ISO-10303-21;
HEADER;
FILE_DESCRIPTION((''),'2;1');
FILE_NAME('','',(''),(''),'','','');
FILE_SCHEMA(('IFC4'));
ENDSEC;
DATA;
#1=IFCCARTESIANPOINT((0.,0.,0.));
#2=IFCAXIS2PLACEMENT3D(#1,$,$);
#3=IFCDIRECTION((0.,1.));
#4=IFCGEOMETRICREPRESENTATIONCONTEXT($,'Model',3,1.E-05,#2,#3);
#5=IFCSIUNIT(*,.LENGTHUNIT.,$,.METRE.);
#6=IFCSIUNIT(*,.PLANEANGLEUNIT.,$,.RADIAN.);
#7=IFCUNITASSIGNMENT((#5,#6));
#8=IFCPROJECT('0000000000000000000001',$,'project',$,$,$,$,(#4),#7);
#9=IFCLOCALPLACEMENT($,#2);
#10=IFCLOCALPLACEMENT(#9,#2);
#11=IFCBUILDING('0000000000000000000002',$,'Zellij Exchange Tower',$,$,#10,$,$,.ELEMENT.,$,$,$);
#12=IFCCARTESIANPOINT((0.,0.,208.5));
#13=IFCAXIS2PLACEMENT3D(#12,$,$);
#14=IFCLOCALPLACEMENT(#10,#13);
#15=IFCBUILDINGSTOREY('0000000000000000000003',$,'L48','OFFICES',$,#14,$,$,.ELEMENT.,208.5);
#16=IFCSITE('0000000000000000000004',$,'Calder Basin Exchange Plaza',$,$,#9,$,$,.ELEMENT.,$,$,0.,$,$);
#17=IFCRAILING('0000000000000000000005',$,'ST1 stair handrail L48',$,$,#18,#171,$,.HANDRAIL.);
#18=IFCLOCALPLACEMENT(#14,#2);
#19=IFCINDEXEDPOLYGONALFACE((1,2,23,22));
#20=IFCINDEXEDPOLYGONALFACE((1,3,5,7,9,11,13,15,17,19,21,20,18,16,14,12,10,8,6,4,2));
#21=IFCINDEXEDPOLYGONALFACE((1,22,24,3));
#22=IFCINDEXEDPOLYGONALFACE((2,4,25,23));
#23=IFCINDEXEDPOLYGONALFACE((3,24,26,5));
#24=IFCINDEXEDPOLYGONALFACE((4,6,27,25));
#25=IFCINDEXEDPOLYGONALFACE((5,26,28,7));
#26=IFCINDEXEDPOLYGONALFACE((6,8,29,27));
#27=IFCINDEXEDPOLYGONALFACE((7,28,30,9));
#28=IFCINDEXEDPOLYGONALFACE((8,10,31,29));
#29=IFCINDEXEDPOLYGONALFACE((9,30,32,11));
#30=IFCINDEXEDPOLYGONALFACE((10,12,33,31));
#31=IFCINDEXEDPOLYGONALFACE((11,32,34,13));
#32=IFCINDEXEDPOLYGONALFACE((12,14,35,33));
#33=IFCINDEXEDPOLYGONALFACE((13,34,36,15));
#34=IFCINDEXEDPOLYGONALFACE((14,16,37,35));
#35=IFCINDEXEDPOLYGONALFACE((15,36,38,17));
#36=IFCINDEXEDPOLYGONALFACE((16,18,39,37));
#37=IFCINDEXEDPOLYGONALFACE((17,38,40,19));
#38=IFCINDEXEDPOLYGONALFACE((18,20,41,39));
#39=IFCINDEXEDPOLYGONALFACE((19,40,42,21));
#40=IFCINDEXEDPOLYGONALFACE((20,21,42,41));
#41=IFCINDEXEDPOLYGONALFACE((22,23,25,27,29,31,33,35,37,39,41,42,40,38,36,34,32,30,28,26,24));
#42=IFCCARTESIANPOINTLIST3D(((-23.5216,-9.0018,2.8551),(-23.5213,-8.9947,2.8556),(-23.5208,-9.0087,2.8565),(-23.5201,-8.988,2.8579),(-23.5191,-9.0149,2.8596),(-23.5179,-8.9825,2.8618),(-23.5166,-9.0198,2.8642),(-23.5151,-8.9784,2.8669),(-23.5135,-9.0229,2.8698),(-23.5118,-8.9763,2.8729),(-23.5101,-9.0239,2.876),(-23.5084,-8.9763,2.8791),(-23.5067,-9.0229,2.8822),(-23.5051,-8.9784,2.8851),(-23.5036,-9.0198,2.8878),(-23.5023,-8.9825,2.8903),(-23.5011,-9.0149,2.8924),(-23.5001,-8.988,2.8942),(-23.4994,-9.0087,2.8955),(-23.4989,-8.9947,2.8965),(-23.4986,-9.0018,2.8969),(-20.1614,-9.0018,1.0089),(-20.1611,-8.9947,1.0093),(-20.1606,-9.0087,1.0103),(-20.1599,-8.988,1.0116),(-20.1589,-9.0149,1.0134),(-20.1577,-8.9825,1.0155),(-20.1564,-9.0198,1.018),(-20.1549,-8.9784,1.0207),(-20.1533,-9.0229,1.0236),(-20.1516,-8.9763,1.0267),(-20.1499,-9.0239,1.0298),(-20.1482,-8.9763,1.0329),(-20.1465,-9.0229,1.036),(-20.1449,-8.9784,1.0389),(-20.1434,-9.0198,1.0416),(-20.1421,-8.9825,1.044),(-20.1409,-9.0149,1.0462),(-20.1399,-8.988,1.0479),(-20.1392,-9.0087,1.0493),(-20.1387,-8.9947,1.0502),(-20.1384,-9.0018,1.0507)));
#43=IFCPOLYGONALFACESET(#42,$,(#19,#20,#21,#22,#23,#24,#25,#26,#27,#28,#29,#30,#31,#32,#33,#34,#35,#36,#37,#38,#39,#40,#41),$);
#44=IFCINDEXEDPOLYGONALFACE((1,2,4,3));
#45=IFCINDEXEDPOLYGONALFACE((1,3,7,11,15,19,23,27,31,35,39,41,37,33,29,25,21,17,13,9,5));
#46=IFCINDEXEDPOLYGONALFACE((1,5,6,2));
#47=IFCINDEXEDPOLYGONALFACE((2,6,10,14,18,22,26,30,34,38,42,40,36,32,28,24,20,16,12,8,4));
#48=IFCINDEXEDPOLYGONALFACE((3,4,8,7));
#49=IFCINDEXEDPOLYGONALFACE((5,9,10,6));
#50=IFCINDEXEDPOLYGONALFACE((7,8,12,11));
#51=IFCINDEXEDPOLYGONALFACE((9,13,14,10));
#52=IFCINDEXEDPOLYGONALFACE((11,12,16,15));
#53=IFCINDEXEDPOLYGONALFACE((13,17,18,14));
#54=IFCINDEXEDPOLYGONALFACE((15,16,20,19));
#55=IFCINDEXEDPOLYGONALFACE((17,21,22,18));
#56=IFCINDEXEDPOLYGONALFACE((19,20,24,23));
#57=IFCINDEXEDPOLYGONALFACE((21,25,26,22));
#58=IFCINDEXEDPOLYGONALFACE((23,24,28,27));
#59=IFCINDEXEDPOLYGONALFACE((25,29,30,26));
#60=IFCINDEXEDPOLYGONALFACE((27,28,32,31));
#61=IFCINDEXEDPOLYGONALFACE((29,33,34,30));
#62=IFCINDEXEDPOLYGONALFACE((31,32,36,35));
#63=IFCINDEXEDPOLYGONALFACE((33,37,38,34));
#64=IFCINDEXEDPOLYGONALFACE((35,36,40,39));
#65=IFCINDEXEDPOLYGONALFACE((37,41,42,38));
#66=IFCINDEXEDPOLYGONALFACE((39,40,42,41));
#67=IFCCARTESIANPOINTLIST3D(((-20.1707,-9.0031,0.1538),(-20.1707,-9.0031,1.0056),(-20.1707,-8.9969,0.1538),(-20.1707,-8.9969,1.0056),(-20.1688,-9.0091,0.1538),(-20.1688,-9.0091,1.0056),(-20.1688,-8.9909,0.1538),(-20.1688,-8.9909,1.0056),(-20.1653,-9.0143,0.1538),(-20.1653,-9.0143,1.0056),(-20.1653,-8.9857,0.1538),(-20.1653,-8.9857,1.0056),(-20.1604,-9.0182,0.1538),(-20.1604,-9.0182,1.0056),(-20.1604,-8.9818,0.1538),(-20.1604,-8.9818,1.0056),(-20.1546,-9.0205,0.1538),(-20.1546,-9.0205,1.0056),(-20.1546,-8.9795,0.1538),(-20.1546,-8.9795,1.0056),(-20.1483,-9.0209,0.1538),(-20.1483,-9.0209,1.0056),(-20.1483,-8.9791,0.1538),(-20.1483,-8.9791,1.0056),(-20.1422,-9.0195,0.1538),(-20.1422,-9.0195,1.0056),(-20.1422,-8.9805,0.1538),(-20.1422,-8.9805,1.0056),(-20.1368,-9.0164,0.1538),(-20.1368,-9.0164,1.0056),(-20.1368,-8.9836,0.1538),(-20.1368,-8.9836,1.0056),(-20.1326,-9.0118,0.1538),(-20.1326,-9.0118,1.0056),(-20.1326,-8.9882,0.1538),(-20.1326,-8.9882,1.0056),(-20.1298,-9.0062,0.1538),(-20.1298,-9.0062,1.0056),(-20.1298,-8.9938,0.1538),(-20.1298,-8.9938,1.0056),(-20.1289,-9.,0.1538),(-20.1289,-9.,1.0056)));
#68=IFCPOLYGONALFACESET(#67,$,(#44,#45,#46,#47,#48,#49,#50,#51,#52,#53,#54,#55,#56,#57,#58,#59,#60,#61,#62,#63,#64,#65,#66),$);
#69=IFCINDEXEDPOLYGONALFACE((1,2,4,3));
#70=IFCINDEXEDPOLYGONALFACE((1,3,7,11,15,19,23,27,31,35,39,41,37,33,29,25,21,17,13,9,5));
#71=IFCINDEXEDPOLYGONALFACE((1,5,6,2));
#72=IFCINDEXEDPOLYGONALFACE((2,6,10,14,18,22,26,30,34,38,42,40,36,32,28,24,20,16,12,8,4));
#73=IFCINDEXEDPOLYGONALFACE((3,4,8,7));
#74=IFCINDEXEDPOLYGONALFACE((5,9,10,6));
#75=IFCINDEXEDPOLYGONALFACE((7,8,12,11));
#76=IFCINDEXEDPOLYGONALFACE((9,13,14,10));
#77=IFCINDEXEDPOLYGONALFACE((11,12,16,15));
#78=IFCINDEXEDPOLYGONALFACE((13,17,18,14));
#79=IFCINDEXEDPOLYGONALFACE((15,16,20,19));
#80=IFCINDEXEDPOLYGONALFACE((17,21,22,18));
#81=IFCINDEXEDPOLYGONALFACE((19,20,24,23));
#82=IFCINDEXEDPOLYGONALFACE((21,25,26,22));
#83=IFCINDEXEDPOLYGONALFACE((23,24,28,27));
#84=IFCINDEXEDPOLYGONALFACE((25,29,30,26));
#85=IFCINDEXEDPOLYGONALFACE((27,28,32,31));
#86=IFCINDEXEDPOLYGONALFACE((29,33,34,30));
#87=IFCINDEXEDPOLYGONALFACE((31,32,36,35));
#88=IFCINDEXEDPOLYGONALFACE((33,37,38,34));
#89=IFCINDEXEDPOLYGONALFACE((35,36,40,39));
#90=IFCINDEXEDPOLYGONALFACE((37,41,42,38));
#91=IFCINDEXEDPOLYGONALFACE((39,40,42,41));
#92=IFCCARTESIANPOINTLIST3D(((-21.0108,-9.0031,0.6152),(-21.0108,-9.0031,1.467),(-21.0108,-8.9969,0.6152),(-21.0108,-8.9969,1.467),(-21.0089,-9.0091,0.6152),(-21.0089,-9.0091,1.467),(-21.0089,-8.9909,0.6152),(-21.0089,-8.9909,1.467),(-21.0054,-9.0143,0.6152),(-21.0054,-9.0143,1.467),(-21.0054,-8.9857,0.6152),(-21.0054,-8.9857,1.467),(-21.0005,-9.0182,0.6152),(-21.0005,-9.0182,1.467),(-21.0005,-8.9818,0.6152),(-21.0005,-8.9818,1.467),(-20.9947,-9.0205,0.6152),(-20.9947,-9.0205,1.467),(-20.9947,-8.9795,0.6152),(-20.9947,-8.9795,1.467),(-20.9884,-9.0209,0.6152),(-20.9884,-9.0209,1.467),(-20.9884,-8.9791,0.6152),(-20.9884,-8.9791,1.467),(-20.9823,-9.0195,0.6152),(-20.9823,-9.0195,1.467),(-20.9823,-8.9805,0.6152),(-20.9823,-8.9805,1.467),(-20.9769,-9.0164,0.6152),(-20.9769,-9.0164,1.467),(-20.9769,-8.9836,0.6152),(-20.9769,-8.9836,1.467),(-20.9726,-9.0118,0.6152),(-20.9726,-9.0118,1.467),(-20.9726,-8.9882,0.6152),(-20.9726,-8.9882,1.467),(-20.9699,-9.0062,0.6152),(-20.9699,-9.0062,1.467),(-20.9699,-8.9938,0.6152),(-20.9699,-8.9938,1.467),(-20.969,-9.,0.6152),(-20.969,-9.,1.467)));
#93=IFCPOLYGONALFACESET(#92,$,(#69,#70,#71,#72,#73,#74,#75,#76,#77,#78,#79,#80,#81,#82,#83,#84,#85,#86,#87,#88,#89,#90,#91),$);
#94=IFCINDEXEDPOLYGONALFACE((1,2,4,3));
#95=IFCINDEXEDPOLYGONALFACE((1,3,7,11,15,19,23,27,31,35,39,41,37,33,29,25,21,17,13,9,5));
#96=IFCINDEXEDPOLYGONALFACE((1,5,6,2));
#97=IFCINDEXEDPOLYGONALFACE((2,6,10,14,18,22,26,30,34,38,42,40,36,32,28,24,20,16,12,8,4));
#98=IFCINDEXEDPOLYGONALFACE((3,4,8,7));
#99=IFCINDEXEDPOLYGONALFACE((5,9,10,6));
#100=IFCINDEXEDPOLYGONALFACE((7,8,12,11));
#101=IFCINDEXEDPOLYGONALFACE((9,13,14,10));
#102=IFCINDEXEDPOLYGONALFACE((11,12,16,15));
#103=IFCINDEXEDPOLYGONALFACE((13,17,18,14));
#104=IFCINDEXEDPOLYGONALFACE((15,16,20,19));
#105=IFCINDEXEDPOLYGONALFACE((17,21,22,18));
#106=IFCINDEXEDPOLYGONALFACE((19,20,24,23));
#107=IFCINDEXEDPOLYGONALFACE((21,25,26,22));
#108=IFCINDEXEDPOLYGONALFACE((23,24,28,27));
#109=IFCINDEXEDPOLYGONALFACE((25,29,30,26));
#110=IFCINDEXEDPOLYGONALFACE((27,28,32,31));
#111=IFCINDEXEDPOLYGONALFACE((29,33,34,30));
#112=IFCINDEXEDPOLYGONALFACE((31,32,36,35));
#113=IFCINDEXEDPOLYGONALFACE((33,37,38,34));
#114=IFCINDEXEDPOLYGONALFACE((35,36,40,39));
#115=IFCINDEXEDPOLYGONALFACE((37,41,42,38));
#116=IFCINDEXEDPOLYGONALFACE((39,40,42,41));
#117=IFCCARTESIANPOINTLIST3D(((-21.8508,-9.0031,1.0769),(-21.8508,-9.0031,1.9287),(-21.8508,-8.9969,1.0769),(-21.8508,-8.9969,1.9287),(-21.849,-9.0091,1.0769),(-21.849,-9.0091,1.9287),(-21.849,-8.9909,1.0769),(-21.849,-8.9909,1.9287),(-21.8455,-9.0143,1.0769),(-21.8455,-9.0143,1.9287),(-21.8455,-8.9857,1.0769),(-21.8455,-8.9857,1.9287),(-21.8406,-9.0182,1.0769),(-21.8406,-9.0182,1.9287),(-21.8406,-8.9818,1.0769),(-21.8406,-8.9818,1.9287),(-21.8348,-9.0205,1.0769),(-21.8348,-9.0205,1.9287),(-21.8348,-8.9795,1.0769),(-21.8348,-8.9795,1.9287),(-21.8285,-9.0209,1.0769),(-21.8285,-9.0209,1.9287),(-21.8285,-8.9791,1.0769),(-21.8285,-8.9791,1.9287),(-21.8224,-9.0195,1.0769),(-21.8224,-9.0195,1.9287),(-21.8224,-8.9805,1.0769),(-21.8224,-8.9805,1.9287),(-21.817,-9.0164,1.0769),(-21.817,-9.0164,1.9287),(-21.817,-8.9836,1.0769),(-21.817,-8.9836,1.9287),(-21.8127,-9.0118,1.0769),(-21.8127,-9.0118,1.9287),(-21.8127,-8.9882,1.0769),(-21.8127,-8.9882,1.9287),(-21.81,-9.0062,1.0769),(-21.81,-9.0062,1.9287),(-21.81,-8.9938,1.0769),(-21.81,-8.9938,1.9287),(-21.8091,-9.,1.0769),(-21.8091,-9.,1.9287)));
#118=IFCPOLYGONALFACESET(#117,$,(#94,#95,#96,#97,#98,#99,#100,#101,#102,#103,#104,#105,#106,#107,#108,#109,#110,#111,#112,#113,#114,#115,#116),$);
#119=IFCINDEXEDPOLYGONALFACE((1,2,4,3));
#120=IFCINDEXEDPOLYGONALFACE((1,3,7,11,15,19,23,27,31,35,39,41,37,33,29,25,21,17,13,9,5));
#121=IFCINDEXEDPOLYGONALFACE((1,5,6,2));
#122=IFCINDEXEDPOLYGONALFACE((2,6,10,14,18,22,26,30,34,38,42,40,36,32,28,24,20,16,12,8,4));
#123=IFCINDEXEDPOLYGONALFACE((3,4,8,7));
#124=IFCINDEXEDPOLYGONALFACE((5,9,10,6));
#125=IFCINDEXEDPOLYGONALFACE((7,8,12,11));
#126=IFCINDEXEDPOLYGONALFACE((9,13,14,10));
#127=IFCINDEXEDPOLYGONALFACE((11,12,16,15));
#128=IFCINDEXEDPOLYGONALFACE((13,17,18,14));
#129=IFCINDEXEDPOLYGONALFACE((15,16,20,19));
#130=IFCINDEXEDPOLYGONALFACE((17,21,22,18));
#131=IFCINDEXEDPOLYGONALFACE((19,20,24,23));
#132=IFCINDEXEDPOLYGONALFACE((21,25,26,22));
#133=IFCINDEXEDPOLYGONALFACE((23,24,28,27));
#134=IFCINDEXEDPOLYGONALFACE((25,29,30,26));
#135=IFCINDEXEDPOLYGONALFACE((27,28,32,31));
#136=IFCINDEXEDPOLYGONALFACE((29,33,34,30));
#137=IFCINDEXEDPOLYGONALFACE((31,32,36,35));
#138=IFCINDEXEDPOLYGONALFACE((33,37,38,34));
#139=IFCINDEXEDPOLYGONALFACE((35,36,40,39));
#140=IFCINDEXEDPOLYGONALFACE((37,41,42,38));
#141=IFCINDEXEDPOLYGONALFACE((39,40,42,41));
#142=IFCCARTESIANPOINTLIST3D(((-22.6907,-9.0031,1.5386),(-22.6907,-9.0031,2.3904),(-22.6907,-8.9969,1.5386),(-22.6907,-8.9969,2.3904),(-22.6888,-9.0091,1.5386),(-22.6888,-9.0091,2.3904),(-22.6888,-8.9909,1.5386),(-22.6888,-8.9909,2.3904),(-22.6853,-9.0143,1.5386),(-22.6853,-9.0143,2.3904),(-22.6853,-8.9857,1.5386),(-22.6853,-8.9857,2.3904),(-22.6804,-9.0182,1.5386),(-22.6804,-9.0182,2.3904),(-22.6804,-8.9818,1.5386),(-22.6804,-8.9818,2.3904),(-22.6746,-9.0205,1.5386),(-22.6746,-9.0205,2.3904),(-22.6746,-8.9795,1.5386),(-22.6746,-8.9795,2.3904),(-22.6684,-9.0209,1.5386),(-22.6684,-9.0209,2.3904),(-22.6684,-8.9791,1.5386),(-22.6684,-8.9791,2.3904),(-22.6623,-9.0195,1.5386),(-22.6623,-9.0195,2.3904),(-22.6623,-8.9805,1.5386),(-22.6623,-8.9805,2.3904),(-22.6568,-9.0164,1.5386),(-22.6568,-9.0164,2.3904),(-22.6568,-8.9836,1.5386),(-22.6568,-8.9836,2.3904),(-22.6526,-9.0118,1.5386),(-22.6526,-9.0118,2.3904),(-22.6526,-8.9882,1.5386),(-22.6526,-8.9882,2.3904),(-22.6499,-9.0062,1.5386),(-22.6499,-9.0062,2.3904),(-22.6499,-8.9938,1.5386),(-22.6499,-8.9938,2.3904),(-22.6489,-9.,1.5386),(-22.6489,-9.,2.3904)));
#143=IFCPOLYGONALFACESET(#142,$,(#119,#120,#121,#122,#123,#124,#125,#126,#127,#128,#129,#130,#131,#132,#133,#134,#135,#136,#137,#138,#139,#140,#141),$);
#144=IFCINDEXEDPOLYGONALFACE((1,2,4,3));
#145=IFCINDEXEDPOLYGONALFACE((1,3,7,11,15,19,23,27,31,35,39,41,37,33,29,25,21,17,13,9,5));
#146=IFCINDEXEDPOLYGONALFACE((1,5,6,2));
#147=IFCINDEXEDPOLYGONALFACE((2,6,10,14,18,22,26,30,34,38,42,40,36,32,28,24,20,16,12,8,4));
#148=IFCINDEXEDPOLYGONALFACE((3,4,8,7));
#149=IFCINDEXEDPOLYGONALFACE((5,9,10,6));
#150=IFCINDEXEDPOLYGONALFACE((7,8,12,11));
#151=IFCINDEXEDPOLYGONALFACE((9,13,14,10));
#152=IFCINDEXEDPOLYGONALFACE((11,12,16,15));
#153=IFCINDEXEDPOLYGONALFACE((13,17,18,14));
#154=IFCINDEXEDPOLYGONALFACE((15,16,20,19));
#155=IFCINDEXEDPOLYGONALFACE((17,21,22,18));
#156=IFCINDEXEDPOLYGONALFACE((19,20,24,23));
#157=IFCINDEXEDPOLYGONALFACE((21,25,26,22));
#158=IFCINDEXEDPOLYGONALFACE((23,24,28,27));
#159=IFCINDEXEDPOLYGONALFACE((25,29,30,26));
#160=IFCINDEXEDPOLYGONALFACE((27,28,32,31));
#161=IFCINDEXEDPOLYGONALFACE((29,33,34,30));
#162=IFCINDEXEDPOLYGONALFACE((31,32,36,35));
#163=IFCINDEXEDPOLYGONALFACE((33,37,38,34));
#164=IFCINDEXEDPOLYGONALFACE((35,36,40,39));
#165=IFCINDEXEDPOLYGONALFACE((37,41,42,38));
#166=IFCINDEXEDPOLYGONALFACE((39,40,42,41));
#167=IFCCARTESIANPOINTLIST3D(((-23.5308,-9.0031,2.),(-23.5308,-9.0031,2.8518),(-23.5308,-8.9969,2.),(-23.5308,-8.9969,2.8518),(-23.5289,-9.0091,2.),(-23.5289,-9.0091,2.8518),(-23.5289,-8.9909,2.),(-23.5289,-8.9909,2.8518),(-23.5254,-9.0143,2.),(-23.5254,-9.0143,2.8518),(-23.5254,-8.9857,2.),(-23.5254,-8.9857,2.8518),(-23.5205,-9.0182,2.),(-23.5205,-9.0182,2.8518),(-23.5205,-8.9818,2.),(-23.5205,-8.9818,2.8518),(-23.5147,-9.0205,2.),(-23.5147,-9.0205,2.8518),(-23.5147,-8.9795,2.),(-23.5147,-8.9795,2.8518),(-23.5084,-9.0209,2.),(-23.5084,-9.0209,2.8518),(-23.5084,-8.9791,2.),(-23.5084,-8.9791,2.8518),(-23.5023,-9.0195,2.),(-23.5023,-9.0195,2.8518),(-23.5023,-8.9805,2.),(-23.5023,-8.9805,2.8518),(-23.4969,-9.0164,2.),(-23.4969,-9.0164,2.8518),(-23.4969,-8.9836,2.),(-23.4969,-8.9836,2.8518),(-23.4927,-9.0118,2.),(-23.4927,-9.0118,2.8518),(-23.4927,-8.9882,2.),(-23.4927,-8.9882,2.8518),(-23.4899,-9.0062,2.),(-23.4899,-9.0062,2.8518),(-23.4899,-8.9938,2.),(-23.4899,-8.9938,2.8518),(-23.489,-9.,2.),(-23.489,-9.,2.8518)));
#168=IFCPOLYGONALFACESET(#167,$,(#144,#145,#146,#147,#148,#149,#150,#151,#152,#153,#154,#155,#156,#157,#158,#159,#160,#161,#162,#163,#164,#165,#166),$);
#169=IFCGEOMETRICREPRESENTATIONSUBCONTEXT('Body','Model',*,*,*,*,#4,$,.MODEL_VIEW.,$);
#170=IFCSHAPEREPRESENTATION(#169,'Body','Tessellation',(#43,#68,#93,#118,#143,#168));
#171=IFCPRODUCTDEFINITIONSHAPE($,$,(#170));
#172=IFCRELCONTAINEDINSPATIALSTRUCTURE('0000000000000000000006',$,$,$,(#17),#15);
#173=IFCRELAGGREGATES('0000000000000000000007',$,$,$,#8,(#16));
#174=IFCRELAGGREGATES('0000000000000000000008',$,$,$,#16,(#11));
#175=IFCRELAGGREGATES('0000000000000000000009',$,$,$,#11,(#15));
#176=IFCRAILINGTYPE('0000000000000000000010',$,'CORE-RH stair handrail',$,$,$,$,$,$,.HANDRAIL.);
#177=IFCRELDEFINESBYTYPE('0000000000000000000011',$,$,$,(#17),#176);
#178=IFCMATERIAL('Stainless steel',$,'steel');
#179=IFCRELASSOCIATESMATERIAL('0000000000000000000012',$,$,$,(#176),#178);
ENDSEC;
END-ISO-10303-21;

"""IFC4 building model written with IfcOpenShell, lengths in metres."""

from ifc_helpers import new_model, si_unit, direction, frame, origin, origin_2d, place, context, subcontext, project, spatial, circle, extrude, material, type_object, element, save


model = new_model("IFC4")

# Units and contexts
model_context = context("Model", 3, precision=1e-05, world=origin(), true_north=direction((0.0, 1.0)))
body_context = subcontext(model_context, "Body", "Model", "MODEL_VIEW")
ifc_project = project(units=[si_unit("LENGTHUNIT", "METRE"), si_unit("PLANEANGLEUNIT", "RADIAN")], contexts=[model_context])

# Site, building, storey
site_placement = place(None, origin())
site = spatial("IfcSite", under=ifc_project, at=site_placement, Name="Calder Basin Exchange Plaza", CompositionType="ELEMENT", RefElevation=0.0)
building_placement = place(site_placement, origin())
building = spatial("IfcBuilding", under=site, at=building_placement, Name="Zellij Exchange Tower", CompositionType="ELEMENT")
storey_placement = place(building_placement, frame((0.0, 0.0, 208.5)))
storey = spatial("IfcBuildingStorey", under=building, at=storey_placement, Name="L48", Description="OFFICES", CompositionType="ELEMENT", Elevation=208.5)

# Railing
ifc_material_1 = material(Name="Stainless steel", Category="steel")
railing_type_1 = type_object("IfcRailingType", Name="CORE-RH stair handrail", PredefinedType="HANDRAIL", material=ifc_material_1)
railing_1_placement = place(storey_placement, frame((-20.1499, -9.0, 0.1538)))
element("IfcRailing", 1, at=railing_1_placement, inside=storey, type_object=railing_type_1, Name="ST1 stair handrail L48", PredefinedType="HANDRAIL", context=body_context, shape_type="SweptSolid", body=[
    extrude(circle(Radius=0.0239, at=origin_2d()), frame((0.0, 0.0, 0.876), z_axis=(-0.876422, 0.0, 0.481545), x_axis=(0.0, -1.0, 0.0)), (0.0, 0.0, 1.0), 3.834),
    extrude(circle(Radius=0.021, at=origin_2d()), origin(), (0.0, 0.0, 1.0), 0.8518),
    extrude(circle(Radius=0.021, at=origin_2d()), frame((-0.8401, 0.0, 0.4614)), (0.0, 0.0, 1.0), 0.8518),
    extrude(circle(Radius=0.021, at=origin_2d()), frame((-1.6802, 0.0, 0.9231)), (0.0, 0.0, 1.0), 0.8518),
    extrude(circle(Radius=0.021, at=origin_2d()), frame((-2.52, 0.0, 1.3848)), (0.0, 0.0, 1.0), 0.8518),
    extrude(circle(Radius=0.021, at=origin_2d()), frame((-3.3601, 0.0, 1.8462)), (0.0, 0.0, 1.0), 0.8518),
])

save(model, "model.ifc")
